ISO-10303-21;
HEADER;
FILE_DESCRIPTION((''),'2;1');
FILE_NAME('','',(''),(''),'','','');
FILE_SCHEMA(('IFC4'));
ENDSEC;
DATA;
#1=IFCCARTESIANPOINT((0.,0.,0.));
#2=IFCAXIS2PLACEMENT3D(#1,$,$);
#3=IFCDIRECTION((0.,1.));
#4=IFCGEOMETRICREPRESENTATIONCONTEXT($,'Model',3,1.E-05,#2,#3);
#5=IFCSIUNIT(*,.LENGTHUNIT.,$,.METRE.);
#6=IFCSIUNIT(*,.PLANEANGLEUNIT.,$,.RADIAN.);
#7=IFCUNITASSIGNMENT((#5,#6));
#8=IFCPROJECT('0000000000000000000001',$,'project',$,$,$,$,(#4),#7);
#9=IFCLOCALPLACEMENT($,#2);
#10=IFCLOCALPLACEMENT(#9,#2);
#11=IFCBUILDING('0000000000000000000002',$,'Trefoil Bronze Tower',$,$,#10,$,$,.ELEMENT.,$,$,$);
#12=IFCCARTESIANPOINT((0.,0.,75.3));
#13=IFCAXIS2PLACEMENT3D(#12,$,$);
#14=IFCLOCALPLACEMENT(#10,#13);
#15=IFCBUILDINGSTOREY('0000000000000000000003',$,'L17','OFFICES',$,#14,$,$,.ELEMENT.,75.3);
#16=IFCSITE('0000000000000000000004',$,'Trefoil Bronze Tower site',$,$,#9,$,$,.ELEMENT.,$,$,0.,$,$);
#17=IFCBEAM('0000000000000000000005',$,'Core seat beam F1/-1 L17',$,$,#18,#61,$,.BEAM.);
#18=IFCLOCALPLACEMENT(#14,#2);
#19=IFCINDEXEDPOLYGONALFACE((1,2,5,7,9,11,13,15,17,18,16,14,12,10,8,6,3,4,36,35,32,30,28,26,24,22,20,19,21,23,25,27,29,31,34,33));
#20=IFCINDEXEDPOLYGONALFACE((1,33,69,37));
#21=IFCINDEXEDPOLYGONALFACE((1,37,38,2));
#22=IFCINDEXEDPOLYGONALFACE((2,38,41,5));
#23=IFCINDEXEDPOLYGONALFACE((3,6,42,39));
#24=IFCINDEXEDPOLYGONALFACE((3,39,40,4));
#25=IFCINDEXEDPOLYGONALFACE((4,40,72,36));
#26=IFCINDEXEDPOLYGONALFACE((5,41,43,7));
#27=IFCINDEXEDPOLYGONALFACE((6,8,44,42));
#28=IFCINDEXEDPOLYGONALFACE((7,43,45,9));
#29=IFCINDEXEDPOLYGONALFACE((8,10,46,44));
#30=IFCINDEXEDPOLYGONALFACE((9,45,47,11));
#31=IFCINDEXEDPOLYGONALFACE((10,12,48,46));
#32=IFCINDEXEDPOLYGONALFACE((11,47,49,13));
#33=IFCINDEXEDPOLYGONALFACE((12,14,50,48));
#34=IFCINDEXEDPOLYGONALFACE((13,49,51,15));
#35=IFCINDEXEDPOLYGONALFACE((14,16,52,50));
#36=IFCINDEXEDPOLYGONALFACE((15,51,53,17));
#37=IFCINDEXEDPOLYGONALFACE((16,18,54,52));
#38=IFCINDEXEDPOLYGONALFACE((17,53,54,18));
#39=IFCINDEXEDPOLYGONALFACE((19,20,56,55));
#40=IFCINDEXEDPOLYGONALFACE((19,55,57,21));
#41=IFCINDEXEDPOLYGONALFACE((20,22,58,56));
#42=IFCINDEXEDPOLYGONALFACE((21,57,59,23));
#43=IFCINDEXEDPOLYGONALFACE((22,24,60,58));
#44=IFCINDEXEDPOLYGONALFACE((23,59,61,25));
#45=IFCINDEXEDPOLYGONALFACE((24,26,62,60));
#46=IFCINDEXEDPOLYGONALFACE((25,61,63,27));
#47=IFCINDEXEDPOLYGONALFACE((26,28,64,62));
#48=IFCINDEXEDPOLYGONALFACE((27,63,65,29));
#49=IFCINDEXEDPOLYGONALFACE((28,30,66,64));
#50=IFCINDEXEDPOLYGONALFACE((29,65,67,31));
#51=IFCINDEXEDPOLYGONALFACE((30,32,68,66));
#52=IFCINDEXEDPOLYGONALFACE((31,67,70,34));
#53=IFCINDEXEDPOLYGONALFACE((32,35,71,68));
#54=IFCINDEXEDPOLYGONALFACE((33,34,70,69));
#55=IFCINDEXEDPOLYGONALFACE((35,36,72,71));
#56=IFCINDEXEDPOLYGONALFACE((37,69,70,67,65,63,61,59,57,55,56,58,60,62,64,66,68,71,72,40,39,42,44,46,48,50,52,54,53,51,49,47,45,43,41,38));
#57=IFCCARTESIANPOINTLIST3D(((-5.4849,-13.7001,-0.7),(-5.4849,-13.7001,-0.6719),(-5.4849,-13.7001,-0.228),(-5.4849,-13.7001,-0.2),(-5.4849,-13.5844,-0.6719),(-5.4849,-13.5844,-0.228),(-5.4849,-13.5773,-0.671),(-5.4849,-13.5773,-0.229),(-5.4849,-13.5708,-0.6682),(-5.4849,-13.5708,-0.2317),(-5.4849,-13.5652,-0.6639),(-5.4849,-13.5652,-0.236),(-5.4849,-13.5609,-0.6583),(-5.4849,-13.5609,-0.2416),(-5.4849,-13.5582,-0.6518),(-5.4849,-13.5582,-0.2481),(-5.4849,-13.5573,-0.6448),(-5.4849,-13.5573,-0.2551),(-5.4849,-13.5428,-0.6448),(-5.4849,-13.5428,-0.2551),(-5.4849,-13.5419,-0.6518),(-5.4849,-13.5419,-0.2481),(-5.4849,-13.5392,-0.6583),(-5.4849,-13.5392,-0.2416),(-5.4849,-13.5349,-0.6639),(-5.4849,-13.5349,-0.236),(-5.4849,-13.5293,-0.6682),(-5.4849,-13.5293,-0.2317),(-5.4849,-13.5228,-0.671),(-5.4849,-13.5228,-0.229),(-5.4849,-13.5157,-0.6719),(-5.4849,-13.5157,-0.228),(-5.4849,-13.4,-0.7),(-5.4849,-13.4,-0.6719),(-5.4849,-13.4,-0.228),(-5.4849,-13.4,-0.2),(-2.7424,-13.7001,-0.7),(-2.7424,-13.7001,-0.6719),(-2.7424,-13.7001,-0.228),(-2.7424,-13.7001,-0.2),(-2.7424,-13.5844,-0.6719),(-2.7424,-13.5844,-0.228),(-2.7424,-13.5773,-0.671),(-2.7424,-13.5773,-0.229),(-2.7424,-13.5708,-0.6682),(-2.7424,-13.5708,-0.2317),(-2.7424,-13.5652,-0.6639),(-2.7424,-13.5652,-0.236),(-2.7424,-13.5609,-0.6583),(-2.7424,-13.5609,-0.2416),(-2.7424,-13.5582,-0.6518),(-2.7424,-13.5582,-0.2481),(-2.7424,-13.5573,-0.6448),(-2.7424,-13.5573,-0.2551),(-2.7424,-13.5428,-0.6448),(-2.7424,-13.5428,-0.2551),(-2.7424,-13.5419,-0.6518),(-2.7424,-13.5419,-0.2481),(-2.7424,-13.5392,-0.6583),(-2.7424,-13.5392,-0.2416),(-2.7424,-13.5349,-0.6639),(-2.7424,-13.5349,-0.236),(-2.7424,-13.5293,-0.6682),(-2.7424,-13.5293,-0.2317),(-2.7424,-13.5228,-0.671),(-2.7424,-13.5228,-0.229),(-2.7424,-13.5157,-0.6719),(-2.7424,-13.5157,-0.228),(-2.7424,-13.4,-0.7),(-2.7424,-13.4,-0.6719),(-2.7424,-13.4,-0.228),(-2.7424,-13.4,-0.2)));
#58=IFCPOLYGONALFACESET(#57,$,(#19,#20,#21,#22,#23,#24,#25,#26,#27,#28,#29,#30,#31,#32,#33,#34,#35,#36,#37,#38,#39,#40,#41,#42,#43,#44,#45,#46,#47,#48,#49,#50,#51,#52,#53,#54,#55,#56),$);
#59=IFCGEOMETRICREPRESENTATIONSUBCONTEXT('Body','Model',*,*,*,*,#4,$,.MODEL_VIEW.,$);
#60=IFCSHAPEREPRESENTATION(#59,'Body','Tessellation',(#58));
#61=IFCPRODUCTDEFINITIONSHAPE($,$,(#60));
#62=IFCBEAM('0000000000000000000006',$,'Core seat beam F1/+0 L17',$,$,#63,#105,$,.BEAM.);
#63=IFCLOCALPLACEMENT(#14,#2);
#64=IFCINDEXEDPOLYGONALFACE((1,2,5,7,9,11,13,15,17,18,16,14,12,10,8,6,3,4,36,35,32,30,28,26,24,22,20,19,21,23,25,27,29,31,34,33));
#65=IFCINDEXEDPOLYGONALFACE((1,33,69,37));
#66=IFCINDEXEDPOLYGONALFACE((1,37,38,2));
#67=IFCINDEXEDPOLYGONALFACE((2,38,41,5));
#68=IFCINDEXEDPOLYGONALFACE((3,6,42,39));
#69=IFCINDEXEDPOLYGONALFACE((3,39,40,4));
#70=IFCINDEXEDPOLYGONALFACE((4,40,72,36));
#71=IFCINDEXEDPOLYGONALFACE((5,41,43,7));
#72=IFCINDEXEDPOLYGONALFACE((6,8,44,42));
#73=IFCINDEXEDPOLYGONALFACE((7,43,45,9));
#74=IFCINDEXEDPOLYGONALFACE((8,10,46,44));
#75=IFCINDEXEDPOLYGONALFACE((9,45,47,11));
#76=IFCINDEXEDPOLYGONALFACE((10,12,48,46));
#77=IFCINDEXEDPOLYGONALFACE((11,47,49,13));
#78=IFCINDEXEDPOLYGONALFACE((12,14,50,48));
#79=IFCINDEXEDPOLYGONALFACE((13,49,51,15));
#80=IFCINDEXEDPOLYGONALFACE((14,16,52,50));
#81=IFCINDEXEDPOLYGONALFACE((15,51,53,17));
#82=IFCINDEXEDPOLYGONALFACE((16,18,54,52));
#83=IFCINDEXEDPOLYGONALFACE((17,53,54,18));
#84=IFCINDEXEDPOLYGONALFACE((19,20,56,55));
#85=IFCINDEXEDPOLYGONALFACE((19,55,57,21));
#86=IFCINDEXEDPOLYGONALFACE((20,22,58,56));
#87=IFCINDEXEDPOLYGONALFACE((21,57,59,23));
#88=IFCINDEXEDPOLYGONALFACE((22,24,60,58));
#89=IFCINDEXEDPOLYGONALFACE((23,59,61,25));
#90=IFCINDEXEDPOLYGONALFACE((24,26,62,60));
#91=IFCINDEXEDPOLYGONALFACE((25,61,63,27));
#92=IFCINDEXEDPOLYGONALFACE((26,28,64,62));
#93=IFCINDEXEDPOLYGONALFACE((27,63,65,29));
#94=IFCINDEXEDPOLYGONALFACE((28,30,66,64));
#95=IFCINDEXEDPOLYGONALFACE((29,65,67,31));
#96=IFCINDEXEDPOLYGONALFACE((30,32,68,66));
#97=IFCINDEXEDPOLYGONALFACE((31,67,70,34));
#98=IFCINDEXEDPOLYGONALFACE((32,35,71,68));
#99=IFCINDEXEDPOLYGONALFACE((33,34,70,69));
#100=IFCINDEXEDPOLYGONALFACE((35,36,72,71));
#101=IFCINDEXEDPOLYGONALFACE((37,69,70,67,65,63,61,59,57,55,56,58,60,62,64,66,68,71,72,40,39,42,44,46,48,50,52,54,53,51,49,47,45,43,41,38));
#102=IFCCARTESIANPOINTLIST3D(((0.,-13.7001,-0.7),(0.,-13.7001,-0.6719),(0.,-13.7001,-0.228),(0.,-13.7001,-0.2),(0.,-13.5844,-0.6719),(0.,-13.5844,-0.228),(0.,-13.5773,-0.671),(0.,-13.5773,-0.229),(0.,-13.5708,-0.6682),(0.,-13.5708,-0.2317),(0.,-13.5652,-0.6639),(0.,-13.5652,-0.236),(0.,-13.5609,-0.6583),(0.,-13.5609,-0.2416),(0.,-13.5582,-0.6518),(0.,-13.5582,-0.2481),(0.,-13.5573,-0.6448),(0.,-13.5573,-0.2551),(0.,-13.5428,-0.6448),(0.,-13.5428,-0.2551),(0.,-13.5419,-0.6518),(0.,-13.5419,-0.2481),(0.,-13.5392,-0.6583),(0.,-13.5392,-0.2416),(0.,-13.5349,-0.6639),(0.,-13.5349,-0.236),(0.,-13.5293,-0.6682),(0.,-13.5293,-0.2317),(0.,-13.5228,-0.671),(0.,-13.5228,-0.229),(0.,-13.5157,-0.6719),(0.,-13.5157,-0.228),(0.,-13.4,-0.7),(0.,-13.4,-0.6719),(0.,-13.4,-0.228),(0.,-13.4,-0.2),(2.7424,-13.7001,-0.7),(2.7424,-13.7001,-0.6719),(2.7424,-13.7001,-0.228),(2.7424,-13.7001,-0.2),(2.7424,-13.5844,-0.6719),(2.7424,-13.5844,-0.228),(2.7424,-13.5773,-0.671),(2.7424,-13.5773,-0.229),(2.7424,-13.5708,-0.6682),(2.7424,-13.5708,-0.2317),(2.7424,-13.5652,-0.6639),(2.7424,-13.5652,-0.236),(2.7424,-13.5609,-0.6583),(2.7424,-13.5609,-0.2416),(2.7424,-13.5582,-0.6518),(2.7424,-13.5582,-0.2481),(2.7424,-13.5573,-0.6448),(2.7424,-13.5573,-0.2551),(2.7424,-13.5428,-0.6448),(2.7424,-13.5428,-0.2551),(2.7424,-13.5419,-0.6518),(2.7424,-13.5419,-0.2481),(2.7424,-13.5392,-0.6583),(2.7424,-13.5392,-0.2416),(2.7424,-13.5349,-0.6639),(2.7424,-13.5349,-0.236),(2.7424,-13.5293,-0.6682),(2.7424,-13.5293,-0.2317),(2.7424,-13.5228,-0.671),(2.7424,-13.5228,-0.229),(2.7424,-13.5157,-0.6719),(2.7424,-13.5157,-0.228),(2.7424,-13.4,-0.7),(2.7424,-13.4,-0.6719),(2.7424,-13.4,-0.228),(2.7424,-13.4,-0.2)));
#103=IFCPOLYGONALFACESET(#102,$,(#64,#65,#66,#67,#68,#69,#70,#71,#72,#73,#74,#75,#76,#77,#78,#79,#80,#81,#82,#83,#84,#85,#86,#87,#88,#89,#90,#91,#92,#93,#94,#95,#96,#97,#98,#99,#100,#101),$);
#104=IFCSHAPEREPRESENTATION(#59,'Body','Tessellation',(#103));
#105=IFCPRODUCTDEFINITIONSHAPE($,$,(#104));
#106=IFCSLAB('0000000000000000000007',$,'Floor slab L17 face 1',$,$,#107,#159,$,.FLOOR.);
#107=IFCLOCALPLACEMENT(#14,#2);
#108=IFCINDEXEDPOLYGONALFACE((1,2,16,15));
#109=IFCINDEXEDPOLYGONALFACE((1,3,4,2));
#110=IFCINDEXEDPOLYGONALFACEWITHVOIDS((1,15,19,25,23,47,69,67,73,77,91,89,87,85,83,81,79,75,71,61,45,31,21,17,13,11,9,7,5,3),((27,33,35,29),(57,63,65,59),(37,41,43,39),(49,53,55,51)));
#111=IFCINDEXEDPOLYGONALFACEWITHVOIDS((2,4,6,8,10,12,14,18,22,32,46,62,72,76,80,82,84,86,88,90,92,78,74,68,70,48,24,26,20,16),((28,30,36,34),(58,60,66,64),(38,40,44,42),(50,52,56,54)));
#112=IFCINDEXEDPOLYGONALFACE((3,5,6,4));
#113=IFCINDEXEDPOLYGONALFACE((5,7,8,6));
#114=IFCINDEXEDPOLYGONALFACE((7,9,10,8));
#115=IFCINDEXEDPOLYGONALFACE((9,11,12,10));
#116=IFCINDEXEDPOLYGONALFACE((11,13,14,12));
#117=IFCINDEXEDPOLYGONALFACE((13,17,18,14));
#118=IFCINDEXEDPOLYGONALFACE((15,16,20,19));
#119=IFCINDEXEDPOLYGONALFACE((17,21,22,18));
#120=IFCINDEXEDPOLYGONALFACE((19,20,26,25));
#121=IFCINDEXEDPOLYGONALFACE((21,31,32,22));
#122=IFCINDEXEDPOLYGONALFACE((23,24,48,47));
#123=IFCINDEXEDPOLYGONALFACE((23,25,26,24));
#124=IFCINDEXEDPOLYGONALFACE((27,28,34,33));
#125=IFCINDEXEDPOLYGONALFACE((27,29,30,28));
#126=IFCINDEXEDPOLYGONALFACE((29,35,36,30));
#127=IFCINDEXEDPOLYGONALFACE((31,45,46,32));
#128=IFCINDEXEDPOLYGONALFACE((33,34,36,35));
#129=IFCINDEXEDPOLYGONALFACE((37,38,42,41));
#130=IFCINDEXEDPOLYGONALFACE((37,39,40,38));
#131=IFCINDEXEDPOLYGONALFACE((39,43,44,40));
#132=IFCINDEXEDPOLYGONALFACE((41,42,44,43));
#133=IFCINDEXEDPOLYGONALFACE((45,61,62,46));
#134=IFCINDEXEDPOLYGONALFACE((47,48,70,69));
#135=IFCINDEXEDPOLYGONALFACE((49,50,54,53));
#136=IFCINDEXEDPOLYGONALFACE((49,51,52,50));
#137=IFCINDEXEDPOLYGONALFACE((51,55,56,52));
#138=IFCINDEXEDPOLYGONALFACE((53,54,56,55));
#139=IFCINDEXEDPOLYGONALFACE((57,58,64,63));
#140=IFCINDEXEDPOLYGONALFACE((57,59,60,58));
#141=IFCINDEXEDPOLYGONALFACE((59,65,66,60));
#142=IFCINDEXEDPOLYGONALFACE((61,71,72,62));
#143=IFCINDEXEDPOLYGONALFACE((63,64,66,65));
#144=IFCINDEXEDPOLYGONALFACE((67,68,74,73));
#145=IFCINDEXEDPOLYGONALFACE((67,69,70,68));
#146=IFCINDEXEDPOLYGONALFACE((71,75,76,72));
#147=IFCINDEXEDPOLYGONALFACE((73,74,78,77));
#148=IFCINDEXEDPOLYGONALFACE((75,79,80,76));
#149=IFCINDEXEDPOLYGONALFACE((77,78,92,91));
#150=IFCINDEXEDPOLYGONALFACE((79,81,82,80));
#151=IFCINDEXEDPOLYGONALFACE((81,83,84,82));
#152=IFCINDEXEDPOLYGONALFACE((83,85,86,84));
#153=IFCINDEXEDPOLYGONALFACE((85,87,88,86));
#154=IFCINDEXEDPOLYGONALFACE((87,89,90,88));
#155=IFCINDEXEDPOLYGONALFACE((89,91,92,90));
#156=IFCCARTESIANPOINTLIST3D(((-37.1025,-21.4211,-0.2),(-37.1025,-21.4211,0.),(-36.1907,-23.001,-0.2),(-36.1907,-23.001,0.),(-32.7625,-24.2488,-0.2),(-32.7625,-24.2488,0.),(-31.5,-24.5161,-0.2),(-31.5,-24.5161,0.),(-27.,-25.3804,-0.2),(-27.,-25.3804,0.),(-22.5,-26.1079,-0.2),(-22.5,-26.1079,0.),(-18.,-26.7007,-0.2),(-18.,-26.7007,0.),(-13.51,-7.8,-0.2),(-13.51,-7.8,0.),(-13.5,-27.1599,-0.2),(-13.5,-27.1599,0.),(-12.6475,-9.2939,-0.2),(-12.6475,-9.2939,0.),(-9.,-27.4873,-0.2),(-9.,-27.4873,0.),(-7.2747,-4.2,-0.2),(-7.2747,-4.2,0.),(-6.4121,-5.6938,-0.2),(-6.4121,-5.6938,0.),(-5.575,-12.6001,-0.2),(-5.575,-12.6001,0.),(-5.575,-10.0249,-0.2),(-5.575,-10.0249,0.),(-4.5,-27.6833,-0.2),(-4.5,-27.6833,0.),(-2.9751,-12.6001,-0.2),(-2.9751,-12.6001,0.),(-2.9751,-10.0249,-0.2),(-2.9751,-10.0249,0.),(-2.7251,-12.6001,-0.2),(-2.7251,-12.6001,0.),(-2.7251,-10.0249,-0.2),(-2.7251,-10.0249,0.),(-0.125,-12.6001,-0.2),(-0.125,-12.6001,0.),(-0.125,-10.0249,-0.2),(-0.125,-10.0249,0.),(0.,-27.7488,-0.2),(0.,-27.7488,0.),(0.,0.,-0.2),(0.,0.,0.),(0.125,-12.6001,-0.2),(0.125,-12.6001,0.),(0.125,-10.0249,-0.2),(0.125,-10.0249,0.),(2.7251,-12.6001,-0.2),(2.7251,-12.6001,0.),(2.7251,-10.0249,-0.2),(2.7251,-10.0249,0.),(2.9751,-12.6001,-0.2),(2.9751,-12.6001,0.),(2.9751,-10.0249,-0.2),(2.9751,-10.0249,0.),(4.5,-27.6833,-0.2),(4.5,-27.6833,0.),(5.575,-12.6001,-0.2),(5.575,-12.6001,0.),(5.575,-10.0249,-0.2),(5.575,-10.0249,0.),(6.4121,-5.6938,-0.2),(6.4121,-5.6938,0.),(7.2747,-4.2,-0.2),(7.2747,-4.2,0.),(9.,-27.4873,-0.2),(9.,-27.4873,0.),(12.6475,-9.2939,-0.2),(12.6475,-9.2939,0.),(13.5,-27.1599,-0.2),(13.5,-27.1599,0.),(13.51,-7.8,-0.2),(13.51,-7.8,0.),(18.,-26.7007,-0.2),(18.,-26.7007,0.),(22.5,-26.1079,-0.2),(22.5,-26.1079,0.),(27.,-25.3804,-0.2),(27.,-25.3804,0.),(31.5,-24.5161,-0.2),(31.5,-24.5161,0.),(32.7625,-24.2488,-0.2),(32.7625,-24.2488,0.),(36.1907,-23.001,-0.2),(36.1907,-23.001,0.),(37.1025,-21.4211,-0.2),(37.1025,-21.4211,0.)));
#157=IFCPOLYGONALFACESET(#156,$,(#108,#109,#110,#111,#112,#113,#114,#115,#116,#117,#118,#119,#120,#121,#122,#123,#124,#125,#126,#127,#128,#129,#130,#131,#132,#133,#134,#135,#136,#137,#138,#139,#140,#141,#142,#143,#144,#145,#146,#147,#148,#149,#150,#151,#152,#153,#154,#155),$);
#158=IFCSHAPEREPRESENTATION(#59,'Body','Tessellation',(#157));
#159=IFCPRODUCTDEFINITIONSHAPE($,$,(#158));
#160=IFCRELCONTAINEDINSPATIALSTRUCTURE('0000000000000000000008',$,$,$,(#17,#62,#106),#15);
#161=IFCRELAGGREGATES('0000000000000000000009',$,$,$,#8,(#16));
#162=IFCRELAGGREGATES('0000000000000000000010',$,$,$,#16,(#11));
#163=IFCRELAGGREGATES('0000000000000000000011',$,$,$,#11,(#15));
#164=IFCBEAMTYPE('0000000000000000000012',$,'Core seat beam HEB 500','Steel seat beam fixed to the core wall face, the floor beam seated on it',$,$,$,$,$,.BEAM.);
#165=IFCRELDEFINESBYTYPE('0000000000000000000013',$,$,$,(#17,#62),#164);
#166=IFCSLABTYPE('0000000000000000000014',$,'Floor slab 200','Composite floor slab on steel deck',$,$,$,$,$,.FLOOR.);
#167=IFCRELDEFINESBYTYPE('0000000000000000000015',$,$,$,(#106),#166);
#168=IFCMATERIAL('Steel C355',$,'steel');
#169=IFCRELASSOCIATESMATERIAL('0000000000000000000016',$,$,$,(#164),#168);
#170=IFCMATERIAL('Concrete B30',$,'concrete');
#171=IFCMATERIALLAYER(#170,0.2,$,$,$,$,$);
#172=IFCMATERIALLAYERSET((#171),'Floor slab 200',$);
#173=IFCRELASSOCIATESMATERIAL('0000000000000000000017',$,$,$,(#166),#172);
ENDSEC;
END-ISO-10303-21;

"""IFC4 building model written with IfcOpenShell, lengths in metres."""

from ifc_helpers import new_model, si_unit, direction, frame, origin, origin_2d, place, context, subcontext, project, spatial, polyline, i_section, outline, extrude, material, layer, layer_set, material_profile, profile_set, type_object, element, save


model = new_model("IFC4")

# Units and contexts
model_context = context("Model", 3, precision=1e-05, world=origin(), true_north=direction((0.0, 1.0)))
body_context = subcontext(model_context, "Body", "Model", "MODEL_VIEW")
ifc_project = project(units=[si_unit("LENGTHUNIT", "METRE"), si_unit("PLANEANGLEUNIT", "RADIAN")], contexts=[model_context])

# Site, building, storey
site_placement = place(None, origin())
site = spatial("IfcSite", under=ifc_project, at=site_placement, Name="Trefoil Bronze Tower site", CompositionType="ELEMENT", RefElevation=0.0)
building_placement = place(site_placement, origin())
building = spatial("IfcBuilding", under=site, at=building_placement, Name="Trefoil Bronze Tower", CompositionType="ELEMENT")
storey_placement = place(building_placement, frame((0.0, 0.0, 75.3)))
storey = spatial("IfcBuildingStorey", under=building, at=storey_placement, Name="L17", Description="OFFICES", CompositionType="ELEMENT", Elevation=75.3)

# Beams
ifc_material_1 = material(Name="Steel C355", Category="steel")
ifc_material_profile = material_profile(ifc_material_1, i_section(OverallWidth=0.3, OverallDepth=0.5, WebThickness=0.0144, FlangeThickness=0.0281, FilletRadius=0.0271, at=origin_2d()), Name="HEB 500")
ifc_profile_set = profile_set([ifc_material_profile], Name="Steel C355")
beam_type = type_object("IfcBeamType", Name="Core seat beam HEB 500", Description="Steel seat beam fixed to the core wall face, the floor beam seated on it", PredefinedType="BEAM", material=ifc_profile_set)
for number, where, z_axis, x_axis, name in (
    (1, (-5.4849, -13.55, -0.45), (1.0, 0.0, 0.0), (0.0, 1.0, 0.0), "Core seat beam F1/-1 L17"),
    (2, (0.0, -13.55, -0.45), (1.0, 0.0, 0.0), (0.0, 1.0, 0.0), "Core seat beam F1/+0 L17"),
):
    element("IfcBeam", number, at=place(storey_placement, frame(where, z_axis=z_axis, x_axis=x_axis)), inside=storey, type_object=beam_type, Name=name, PredefinedType="BEAM", context=body_context, shape_type="SweptSolid", body=[
        extrude(i_section(OverallWidth=0.3, OverallDepth=0.5, WebThickness=0.0144, FlangeThickness=0.0281, FilletRadius=0.0271, at=origin_2d()), origin(), (0.0, 0.0, 1.0), 2.7424),
    ])

# Slab
ifc_material_2 = material(Name="Concrete B30", Category="concrete")
ifc_layer_1 = layer(ifc_material_2, 0.2)
ifc_layer_set_1 = layer_set([ifc_layer_1], Name="Floor slab 200")
slab_type = type_object("IfcSlabType", Name="Floor slab 200", Description="Composite floor slab on steel deck", PredefinedType="FLOOR", material=ifc_layer_set_1)
slab_1_placement = place(storey_placement, frame((0.0, 0.0, -0.2)))
element("IfcSlab", 3, at=slab_1_placement, inside=storey, type_object=slab_type, Name="Floor slab L17 face 1", PredefinedType="FLOOR", context=body_context, shape_type="SweptSolid", body=[
    extrude(outline(polyline([(27.0, -25.3804), (22.5, -26.1079), (18.0, -26.7007), (13.5, -27.1599), (9.0, -27.4873), (4.5, -27.6833), (0.0, -27.7488), (-4.5, -27.6833), (-9.0, -27.4873), (-13.5, -27.1599), (-18.0, -26.7007), (-22.5, -26.1079), (-27.0, -25.3804), (-31.5, -24.5161), (-32.7625, -24.2488), (-36.1907, -23.001), (-37.1025, -21.4211), (-13.51, -7.8), (-12.6475, -9.2939), (-6.4121, -5.6938), (-7.2747, -4.2), (0.0, 0.0), (7.2747, -4.2), (6.4121, -5.6938), (12.6475, -9.2939), (13.51, -7.8), (37.1025, -21.4211), (36.1907, -23.001), (32.7625, -24.2488), (31.5, -24.5161), (27.0, -25.3804)]), holes=[polyline([(-5.575, -10.0249), (-2.9751, -10.0249), (-2.9751, -12.6001), (-5.575, -12.6001), (-5.575, -10.0249)]), polyline([(-2.7251, -10.0249), (-0.125, -10.0249), (-0.125, -12.6001), (-2.7251, -12.6001), (-2.7251, -10.0249)]), polyline([(0.125, -10.0249), (2.7251, -10.0249), (2.7251, -12.6001), (0.125, -12.6001), (0.125, -10.0249)]), polyline([(2.9751, -10.0249), (5.575, -10.0249), (5.575, -12.6001), (2.9751, -12.6001), (2.9751, -10.0249)])]), origin(), (0.0, 0.0, 1.0), 0.2),
])

save(model, "model.ifc")
